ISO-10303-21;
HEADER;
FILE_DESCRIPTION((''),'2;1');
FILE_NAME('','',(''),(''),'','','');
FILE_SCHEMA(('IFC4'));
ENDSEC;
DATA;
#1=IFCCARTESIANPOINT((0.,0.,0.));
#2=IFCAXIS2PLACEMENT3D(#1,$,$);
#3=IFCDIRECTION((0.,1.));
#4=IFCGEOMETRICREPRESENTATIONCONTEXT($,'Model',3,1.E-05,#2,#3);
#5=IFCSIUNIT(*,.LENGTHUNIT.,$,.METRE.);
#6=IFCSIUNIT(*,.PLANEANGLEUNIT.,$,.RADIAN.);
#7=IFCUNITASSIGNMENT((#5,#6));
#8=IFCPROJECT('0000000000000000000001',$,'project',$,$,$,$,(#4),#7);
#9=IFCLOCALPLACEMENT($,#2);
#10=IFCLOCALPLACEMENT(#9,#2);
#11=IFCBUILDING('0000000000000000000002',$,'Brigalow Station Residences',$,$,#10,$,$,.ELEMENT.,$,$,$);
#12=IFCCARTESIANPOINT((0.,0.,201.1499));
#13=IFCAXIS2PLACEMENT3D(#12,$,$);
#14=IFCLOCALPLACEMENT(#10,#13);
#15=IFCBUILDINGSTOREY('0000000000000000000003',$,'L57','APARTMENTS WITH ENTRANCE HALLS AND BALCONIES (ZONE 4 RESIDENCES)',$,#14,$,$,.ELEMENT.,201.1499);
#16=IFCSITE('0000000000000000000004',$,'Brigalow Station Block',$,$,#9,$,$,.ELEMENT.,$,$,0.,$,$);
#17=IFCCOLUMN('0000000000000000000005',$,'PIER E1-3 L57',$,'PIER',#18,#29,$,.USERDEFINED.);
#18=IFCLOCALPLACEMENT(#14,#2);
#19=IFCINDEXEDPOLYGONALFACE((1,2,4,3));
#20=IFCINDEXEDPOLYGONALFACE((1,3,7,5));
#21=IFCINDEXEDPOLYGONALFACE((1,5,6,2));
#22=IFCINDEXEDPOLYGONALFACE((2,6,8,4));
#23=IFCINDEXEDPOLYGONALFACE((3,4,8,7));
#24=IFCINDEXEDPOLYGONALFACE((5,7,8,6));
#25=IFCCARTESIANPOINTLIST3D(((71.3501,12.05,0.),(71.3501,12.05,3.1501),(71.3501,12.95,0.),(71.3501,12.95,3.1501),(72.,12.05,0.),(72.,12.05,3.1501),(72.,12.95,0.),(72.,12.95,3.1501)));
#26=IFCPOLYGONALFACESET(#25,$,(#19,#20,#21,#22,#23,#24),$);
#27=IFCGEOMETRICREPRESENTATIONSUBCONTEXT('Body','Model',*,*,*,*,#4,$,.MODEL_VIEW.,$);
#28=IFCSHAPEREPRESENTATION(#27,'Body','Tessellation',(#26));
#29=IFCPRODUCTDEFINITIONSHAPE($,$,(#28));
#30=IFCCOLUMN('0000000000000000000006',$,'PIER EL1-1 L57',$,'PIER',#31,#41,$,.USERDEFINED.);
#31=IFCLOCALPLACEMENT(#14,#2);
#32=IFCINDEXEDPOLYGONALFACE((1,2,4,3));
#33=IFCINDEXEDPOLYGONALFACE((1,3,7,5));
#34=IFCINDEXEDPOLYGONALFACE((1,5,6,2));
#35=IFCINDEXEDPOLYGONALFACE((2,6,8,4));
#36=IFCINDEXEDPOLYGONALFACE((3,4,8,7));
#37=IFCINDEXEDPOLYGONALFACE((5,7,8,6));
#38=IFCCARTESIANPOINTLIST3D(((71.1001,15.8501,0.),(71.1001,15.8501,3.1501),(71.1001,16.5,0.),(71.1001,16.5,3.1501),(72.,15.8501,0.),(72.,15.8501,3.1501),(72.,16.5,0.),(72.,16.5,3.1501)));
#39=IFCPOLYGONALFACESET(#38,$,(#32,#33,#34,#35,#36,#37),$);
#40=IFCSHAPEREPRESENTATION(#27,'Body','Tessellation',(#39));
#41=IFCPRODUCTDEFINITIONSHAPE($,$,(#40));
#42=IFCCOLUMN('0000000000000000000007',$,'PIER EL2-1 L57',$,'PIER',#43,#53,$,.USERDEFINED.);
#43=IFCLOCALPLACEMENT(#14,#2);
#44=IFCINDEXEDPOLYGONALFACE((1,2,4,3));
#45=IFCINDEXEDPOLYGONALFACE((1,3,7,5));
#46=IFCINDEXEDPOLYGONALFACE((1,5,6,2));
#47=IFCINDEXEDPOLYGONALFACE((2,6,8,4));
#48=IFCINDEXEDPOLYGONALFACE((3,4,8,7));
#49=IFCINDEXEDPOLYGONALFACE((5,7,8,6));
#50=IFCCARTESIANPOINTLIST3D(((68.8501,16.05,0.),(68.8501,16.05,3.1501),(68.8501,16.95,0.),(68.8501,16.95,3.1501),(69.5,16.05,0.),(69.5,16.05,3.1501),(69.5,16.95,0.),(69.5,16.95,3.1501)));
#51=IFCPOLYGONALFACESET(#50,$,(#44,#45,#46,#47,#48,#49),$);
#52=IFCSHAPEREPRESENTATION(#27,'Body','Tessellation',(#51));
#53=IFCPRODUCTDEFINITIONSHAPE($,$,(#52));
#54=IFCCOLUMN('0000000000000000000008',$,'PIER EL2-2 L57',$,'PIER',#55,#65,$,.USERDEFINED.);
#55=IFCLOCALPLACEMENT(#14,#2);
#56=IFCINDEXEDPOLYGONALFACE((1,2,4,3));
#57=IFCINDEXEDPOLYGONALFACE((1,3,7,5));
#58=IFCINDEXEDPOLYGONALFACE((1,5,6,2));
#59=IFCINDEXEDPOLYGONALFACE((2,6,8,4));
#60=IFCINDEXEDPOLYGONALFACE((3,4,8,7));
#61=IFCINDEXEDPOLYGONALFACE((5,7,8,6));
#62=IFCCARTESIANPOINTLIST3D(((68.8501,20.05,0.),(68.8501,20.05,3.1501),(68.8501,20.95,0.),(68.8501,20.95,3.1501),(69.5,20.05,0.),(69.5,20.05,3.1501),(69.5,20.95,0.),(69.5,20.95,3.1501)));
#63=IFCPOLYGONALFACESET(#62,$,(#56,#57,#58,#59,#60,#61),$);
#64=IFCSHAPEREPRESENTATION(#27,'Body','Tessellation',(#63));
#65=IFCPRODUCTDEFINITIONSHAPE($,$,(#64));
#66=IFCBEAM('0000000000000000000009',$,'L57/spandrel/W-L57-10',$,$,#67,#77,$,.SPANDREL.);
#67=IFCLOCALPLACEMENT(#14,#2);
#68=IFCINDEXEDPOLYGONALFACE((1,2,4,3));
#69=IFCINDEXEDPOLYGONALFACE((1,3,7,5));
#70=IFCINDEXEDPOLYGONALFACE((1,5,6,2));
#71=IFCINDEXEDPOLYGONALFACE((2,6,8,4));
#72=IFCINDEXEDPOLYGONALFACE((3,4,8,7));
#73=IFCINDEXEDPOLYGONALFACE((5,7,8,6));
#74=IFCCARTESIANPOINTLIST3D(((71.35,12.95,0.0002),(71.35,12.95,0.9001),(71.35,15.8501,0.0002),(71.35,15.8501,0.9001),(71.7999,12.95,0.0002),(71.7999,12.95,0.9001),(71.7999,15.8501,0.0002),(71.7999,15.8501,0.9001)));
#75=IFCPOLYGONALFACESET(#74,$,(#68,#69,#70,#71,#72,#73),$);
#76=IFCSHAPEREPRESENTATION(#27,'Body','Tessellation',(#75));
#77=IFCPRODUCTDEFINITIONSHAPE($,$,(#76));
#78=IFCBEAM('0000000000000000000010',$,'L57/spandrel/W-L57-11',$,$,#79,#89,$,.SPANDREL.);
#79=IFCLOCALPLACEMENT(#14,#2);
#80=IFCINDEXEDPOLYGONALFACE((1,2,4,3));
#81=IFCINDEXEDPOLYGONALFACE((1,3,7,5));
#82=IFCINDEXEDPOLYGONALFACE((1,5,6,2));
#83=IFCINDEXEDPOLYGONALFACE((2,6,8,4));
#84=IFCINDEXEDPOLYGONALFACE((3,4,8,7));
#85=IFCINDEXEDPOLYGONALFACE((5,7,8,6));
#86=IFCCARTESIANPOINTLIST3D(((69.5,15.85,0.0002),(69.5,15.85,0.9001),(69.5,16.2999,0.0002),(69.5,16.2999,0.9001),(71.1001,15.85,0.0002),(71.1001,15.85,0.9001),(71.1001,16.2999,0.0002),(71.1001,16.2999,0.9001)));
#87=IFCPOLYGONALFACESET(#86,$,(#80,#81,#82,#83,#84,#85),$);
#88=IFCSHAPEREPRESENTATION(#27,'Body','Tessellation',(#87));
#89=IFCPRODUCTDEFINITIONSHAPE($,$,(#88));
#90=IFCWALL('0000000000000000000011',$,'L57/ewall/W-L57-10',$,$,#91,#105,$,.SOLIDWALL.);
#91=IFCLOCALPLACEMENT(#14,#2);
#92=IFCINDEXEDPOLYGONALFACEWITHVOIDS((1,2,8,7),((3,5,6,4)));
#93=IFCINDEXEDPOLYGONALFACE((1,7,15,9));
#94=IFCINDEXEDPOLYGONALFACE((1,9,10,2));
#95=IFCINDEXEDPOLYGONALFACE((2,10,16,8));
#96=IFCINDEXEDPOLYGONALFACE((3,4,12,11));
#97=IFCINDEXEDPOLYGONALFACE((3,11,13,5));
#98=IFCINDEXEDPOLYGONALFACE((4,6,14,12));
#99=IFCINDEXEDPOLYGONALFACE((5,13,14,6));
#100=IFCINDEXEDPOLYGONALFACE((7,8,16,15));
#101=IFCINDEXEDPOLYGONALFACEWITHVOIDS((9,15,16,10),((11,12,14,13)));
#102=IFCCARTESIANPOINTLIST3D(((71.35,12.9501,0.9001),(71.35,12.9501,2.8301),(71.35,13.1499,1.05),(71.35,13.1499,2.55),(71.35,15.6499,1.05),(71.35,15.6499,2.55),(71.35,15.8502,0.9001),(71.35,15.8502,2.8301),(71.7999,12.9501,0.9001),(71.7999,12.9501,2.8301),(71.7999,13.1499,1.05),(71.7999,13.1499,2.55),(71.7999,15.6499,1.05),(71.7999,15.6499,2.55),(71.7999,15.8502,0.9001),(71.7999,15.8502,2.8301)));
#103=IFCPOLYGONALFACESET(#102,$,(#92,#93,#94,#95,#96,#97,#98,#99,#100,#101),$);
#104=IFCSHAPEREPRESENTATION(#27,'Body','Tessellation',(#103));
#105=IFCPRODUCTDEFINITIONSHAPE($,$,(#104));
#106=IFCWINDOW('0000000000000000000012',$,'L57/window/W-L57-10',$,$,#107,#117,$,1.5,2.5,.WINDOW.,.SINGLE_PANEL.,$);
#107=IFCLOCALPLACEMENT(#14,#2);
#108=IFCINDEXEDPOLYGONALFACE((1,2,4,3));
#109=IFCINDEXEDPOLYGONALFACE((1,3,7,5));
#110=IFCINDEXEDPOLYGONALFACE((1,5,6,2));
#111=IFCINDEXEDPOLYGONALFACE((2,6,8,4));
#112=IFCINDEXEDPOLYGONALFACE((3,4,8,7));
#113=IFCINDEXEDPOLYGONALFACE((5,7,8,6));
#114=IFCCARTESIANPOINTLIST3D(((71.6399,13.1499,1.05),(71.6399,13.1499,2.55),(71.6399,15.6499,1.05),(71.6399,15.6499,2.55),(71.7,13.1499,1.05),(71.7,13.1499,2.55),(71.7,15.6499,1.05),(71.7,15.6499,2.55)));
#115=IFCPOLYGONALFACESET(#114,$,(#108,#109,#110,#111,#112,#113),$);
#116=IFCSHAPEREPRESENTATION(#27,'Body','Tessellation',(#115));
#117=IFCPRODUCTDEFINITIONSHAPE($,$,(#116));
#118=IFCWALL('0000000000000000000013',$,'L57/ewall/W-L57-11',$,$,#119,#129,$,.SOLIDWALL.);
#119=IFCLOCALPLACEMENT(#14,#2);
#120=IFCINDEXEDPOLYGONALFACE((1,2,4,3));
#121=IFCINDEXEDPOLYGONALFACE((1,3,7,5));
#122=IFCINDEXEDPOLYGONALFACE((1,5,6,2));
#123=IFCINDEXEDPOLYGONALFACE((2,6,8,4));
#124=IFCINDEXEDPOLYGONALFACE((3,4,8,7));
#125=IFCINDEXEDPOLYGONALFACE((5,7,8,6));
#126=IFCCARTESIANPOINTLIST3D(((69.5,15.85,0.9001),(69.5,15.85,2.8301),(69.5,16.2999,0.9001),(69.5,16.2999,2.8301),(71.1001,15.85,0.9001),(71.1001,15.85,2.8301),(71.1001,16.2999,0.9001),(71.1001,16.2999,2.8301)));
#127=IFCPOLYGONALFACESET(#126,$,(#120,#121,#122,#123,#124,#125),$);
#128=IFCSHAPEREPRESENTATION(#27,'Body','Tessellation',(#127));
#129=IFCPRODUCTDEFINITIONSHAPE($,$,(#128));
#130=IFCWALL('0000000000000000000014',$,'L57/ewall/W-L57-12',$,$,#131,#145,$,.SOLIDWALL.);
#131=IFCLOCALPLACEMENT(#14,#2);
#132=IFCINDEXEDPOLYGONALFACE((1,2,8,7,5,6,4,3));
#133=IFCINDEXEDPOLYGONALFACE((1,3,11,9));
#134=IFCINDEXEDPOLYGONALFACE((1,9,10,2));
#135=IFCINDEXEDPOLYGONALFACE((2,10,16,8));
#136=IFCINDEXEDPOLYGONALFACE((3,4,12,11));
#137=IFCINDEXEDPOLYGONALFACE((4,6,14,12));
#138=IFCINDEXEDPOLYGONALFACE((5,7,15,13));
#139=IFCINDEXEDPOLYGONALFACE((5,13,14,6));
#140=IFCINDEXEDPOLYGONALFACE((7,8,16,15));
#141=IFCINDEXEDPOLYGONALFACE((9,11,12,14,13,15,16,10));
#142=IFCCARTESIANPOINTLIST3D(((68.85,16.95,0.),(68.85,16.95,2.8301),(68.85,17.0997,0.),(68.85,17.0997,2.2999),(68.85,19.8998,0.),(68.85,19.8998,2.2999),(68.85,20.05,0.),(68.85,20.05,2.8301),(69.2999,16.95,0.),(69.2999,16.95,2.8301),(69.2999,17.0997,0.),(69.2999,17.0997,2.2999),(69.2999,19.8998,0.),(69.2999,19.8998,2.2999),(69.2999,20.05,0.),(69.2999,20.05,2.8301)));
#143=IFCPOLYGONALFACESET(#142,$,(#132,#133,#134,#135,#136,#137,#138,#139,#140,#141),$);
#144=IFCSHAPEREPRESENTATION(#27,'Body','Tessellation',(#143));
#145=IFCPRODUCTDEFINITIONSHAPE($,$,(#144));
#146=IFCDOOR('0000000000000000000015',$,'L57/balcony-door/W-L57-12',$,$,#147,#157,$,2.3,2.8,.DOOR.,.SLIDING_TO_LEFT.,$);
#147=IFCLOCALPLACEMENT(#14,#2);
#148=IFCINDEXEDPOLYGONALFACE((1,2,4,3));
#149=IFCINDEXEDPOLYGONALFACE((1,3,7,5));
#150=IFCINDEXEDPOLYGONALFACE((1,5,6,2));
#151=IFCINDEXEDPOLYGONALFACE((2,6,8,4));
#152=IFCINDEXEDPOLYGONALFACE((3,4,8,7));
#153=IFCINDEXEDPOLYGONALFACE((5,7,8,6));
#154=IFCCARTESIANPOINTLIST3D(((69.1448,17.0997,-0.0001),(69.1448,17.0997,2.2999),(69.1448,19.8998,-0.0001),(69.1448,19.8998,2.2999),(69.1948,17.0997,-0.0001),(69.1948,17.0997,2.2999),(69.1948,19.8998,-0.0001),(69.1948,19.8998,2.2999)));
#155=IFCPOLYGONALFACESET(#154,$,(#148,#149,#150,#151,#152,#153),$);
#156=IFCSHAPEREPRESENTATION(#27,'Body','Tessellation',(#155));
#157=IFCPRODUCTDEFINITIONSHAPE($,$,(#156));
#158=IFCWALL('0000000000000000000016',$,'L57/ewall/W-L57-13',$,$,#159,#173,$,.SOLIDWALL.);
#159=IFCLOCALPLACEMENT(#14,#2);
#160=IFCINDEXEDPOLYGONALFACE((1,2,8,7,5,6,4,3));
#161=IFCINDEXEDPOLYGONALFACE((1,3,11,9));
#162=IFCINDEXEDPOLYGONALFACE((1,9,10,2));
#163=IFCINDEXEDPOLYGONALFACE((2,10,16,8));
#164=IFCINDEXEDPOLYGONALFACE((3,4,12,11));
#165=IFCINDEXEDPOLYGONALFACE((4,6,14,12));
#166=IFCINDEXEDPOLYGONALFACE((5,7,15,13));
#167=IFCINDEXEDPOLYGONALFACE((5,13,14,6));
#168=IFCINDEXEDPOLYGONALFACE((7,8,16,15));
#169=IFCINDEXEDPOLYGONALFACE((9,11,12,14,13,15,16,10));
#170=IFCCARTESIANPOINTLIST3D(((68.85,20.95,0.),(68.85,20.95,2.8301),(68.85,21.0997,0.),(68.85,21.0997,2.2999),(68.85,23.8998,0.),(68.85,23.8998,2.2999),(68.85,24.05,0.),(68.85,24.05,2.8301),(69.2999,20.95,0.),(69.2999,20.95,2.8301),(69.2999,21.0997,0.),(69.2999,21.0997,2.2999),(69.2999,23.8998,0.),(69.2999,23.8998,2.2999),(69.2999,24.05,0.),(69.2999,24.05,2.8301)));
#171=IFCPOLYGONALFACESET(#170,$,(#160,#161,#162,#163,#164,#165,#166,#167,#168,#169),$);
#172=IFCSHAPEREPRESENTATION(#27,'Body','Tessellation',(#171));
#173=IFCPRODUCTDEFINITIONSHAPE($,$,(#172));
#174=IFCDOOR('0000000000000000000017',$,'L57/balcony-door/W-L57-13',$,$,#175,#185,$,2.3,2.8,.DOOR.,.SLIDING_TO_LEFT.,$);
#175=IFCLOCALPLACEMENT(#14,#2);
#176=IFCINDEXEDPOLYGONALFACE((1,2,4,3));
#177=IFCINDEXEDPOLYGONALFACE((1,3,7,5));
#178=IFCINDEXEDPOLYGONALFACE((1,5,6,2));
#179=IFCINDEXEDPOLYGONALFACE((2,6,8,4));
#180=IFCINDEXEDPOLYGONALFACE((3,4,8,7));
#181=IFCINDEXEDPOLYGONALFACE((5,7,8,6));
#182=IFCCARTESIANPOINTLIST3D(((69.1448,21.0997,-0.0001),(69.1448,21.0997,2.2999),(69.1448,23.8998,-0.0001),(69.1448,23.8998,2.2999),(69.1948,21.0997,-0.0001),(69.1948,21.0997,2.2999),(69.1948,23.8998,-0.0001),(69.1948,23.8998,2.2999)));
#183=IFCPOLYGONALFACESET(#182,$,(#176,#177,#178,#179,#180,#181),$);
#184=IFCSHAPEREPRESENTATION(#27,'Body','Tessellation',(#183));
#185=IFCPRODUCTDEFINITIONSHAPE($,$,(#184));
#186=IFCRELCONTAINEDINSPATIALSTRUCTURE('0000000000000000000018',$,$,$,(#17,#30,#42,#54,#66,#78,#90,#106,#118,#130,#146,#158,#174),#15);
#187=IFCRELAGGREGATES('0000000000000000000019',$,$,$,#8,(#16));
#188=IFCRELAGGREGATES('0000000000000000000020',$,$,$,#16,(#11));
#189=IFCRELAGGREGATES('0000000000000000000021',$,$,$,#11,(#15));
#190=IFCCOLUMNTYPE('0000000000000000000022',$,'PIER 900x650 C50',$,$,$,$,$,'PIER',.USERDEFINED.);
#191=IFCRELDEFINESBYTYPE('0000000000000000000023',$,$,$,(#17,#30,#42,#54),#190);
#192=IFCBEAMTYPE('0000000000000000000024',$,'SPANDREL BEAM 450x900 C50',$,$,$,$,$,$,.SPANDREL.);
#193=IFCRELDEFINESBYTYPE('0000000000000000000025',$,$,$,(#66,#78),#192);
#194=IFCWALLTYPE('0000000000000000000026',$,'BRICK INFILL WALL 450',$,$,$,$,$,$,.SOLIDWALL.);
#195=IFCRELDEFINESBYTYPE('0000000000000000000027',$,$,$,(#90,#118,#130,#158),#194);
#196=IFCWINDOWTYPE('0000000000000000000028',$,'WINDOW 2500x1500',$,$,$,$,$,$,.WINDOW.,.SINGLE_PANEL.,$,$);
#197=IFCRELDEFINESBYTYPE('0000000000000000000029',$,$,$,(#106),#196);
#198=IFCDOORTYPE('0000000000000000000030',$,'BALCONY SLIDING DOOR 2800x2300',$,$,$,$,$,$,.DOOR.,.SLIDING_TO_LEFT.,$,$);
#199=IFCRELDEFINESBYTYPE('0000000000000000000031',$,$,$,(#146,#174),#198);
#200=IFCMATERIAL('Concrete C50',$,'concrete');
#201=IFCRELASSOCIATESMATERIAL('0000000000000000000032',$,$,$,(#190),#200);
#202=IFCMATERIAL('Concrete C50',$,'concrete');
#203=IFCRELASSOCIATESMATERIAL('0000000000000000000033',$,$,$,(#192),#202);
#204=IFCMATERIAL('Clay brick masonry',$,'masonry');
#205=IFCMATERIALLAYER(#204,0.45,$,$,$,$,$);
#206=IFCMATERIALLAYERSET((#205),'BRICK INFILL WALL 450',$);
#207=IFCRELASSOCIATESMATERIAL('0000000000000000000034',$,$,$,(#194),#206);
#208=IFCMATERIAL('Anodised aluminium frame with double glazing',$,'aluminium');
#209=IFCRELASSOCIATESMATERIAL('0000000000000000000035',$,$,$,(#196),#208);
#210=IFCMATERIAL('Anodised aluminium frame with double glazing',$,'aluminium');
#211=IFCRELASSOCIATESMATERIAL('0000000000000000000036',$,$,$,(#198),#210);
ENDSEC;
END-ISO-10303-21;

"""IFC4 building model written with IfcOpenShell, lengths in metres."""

from ifc_helpers import new_model, si_unit, direction, frame, frame_2d, origin, origin_2d, place, context, subcontext, project, spatial, rectangle, extrude, material, layer, layer_set, material_profile, profile_set, type_object, element, fill, save


model = new_model("IFC4")

# Units and contexts
model_context = context("Model", 3, precision=1e-05, world=origin(), true_north=direction((0.0, 1.0)))
body_context = subcontext(model_context, "Body", "Model", "MODEL_VIEW")
ifc_project = project(units=[si_unit("LENGTHUNIT", "METRE"), si_unit("PLANEANGLEUNIT", "RADIAN")], contexts=[model_context])

# Site, building, storey
site_placement = place(None, origin())
site = spatial("IfcSite", under=ifc_project, at=site_placement, Name="Brigalow Station Block", CompositionType="ELEMENT", RefElevation=0.0)
building_placement = place(site_placement, origin())
building = spatial("IfcBuilding", under=site, at=building_placement, Name="Brigalow Station Residences", CompositionType="ELEMENT")
storey_placement = place(building_placement, frame((0.0, 0.0, 201.1499)))
storey = spatial("IfcBuildingStorey", under=building, at=storey_placement, Name="L57", Description="APARTMENTS WITH ENTRANCE HALLS AND BALCONIES (ZONE 4 RESIDENCES)", CompositionType="ELEMENT", Elevation=201.1499)

# Columns
ifc_material_1 = material(Name="Concrete C50", Category="concrete")
ifc_material_profile_1 = material_profile(ifc_material_1, rectangle(XDim=0.8999, YDim=0.6499, at=origin_2d()), Name="RC900x650")
ifc_profile_set_1 = profile_set([ifc_material_profile_1], Name="Concrete C50")
column_type = type_object("IfcColumnType", Name="PIER 900x650 C50", ElementType="PIER", PredefinedType="USERDEFINED", material=ifc_profile_set_1)
for number, where, z_axis, x_axis, name in (
    (1, (71.675, 12.5, 0.0), (0.0, 0.0, 1.0), (0.0, 1.0, 0.0), "PIER E1-3 L57"),
    (2, (71.55, 16.175, 0.0), (0.0, 0.0, 1.0), (-1.0, 0.0, 0.0), "PIER EL1-1 L57"),
    (3, (69.175, 16.5, 0.0), (0.0, 0.0, 1.0), (0.0, 1.0, 0.0), "PIER EL2-1 L57"),
    (4, (69.175, 20.5, 0.0), (0.0, 0.0, 1.0), (0.0, 1.0, 0.0), "PIER EL2-2 L57"),
):
    element("IfcColumn", number, at=place(storey_placement, frame(where, z_axis=z_axis, x_axis=x_axis)), inside=storey, type_object=column_type, Name=name, ObjectType="PIER", PredefinedType="USERDEFINED", context=body_context, shape_type="SweptSolid", body=[
        extrude(rectangle(XDim=0.8999, YDim=0.6499, at=origin_2d()), origin(), (0.0, 0.0, 1.0), 3.1501),
    ])

# Beams
ifc_material_2 = material(Name="Concrete C50", Category="concrete")
ifc_material_profile_2 = material_profile(ifc_material_2, rectangle(XDim=0.45, YDim=0.8999, at=origin_2d()), Name="RC450x900")
ifc_profile_set_2 = profile_set([ifc_material_profile_2], Name="Concrete C50")
beam_type = type_object("IfcBeamType", Name="SPANDREL BEAM 450x900 C50", PredefinedType="SPANDREL", material=ifc_profile_set_2)
beam_1_placement = place(storey_placement, frame((71.575, 12.95, 0.4502), z_axis=(0.0, 1.0, 0.0), x_axis=(-1.0, 0.0, 0.0)))
element("IfcBeam", 5, at=beam_1_placement, inside=storey, type_object=beam_type, Name="L57/spandrel/W-L57-10", PredefinedType="SPANDREL", context=body_context, shape_type="SweptSolid", body=[
    extrude(rectangle(XDim=0.45, YDim=0.8999, at=origin_2d()), origin(), (0.0, 0.0, 1.0), 2.9001),
])
beam_2_placement = place(storey_placement, frame((71.1001, 16.075, 0.4502), z_axis=(-1.0, 0.0, 0.0), x_axis=(0.0, -1.0, 0.0)))
element("IfcBeam", 6, at=beam_2_placement, inside=storey, type_object=beam_type, Name="L57/spandrel/W-L57-11", PredefinedType="SPANDREL", context=body_context, shape_type="SweptSolid", body=[
    extrude(rectangle(XDim=0.45, YDim=0.8999, at=origin_2d()), origin(), (0.0, 0.0, 1.0), 1.6001),
])

# Wall, opening, window
ifc_material_3 = material(Name="Clay brick masonry", Category="masonry")
ifc_layer_1 = layer(ifc_material_3, 0.45)
ifc_layer_set_1 = layer_set([ifc_layer_1], Name="BRICK INFILL WALL 450")
wall_type_1 = type_object("IfcWallType", Name="BRICK INFILL WALL 450", PredefinedType="SOLIDWALL", material=ifc_layer_set_1)
wall_1_placement = place(storey_placement, frame((71.575, 12.95, 0.9001), z_axis=(0.0, 0.0, 1.0), x_axis=(0.0, 1.0, 0.0)))
wall_1 = element("IfcWall", 7, at=wall_1_placement, inside=storey, type_object=wall_type_1, Name="L57/ewall/W-L57-10", PredefinedType="SOLIDWALL", context=body_context, shape_type="SweptSolid", body=[
    extrude(rectangle(XDim=2.9001, YDim=0.45, at=frame_2d((1.4502, 0.0))), origin(), (0.0, 0.0, 1.0), 1.9299),
])
opening_1_placement = place(wall_1_placement, frame((0.2, 0.0, 0.1499)))
opening_1 = element("IfcOpeningElement", 8, at=opening_1_placement, cuts=wall_1, PredefinedType="OPENING", context=body_context, shape_type="SweptSolid", body=[
    extrude(rectangle(XDim=2.5, YDim=1.5, at=frame_2d((1.25, 0.75))), frame((0.0, 0.2349, 0.0), z_axis=(0.0, -1.0, 0.0), x_axis=(1.0, 0.0, 0.0)), (0.0, 0.0, 1.0), 0.47),
])
ifc_material_4 = material(Name="Anodised aluminium frame with double glazing", Category="aluminium")
window_type = type_object("IfcWindowType", Name="WINDOW 2500x1500", PartitioningType="SINGLE_PANEL", PredefinedType="WINDOW", material=ifc_material_4)
window_placement = place(opening_1_placement, origin())
window = element("IfcWindow", 9, at=window_placement, inside=storey, type_object=window_type, Name="L57/window/W-L57-10", OverallHeight=1.5, OverallWidth=2.5, PartitioningType="SINGLE_PANEL", PredefinedType="WINDOW", context=body_context, shape_type="SweptSolid", body=[
    extrude(rectangle(XDim=2.5, YDim=1.5, at=frame_2d((1.25, 0.75))), frame((0.0, -0.0649, 0.0), z_axis=(0.0, -1.0, 0.0), x_axis=(1.0, 0.0, 0.0)), (0.0, 0.0, 1.0), 0.0601),
])
fill(opening_1, window)

# Wall
wall_2_placement = place(storey_placement, frame((71.1001, 16.075, 0.9001), z_axis=(0.0, 0.0, 1.0), x_axis=(-1.0, 0.0, 0.0)))
element("IfcWall", 10, at=wall_2_placement, inside=storey, type_object=wall_type_1, Name="L57/ewall/W-L57-11", PredefinedType="SOLIDWALL", context=body_context, shape_type="SweptSolid", body=[
    extrude(rectangle(XDim=1.6001, YDim=0.45, at=frame_2d((0.8, 0.0))), origin(), (0.0, 0.0, 1.0), 1.9299),
])

# Walls, openings, doors
wall_3_placement = place(storey_placement, frame((69.075, 16.95, 0.0), z_axis=(0.0, 0.0, 1.0), x_axis=(0.0, 1.0, 0.0)))
wall_3 = element("IfcWall", 11, at=wall_3_placement, inside=storey, type_object=wall_type_1, Name="L57/ewall/W-L57-12", PredefinedType="SOLIDWALL", context=body_context, shape_type="SweptSolid", body=[
    extrude(rectangle(XDim=3.1001, YDim=0.45, at=frame_2d((1.55, 0.0))), origin(), (0.0, 0.0, 1.0), 2.8301),
])
opening_2_placement = place(wall_3_placement, frame((0.1499, 0.0, 0.0)))
opening_2 = element("IfcOpeningElement", 12, at=opening_2_placement, cuts=wall_3, PredefinedType="OPENING", context=body_context, shape_type="SweptSolid", body=[
    extrude(rectangle(XDim=2.8, YDim=2.3, at=frame_2d((1.3999, 1.1499))), frame((0.0, 0.2349, 0.0), z_axis=(0.0, -1.0, 0.0), x_axis=(1.0, 0.0, 0.0)), (0.0, 0.0, 1.0), 0.47),
])
ifc_material_5 = material(Name="Anodised aluminium frame with double glazing", Category="aluminium")
door_type_1 = type_object("IfcDoorType", Name="BALCONY SLIDING DOOR 2800x2300", OperationType="SLIDING_TO_LEFT", PredefinedType="DOOR", material=ifc_material_5)
door_1_placement = place(opening_2_placement, origin())
door_1 = element("IfcDoor", 13, at=door_1_placement, inside=storey, type_object=door_type_1, Name="L57/balcony-door/W-L57-12", OperationType="SLIDING_TO_LEFT", OverallHeight=2.3, OverallWidth=2.8, PredefinedType="DOOR", context=body_context, shape_type="SweptSolid", body=[
    extrude(rectangle(XDim=2.8, YDim=2.3, at=frame_2d((1.3999, 1.1499))), frame((0.0, -0.0698, 0.0), z_axis=(0.0, -1.0, 0.0), x_axis=(1.0, 0.0, 0.0)), (0.0, 0.0, 1.0), 0.05),
])
fill(opening_2, door_1)
wall_4_placement = place(storey_placement, frame((69.075, 20.95, 0.0), z_axis=(0.0, 0.0, 1.0), x_axis=(0.0, 1.0, 0.0)))
wall_4 = element("IfcWall", 14, at=wall_4_placement, inside=storey, type_object=wall_type_1, Name="L57/ewall/W-L57-13", PredefinedType="SOLIDWALL", context=body_context, shape_type="SweptSolid", body=[
    extrude(rectangle(XDim=3.1001, YDim=0.45, at=frame_2d((1.55, 0.0))), origin(), (0.0, 0.0, 1.0), 2.8301),
])
opening_3_placement = place(wall_4_placement, frame((0.1499, 0.0, 0.0)))
opening_3 = element("IfcOpeningElement", 15, at=opening_3_placement, cuts=wall_4, PredefinedType="OPENING", context=body_context, shape_type="SweptSolid", body=[
    extrude(rectangle(XDim=2.8, YDim=2.3, at=frame_2d((1.3999, 1.1499))), frame((0.0, 0.2349, 0.0), z_axis=(0.0, -1.0, 0.0), x_axis=(1.0, 0.0, 0.0)), (0.0, 0.0, 1.0), 0.47),
])
door_2_placement = place(opening_3_placement, origin())
door_2 = element("IfcDoor", 16, at=door_2_placement, inside=storey, type_object=door_type_1, Name="L57/balcony-door/W-L57-13", OperationType="SLIDING_TO_LEFT", OverallHeight=2.3, OverallWidth=2.8, PredefinedType="DOOR", context=body_context, shape_type="SweptSolid", body=[
    extrude(rectangle(XDim=2.8, YDim=2.3, at=frame_2d((1.3999, 1.1499))), frame((0.0, -0.0698, 0.0), z_axis=(0.0, -1.0, 0.0), x_axis=(1.0, 0.0, 0.0)), (0.0, 0.0, 1.0), 0.05),
])
fill(opening_3, door_2)

save(model, "model.ifc")
